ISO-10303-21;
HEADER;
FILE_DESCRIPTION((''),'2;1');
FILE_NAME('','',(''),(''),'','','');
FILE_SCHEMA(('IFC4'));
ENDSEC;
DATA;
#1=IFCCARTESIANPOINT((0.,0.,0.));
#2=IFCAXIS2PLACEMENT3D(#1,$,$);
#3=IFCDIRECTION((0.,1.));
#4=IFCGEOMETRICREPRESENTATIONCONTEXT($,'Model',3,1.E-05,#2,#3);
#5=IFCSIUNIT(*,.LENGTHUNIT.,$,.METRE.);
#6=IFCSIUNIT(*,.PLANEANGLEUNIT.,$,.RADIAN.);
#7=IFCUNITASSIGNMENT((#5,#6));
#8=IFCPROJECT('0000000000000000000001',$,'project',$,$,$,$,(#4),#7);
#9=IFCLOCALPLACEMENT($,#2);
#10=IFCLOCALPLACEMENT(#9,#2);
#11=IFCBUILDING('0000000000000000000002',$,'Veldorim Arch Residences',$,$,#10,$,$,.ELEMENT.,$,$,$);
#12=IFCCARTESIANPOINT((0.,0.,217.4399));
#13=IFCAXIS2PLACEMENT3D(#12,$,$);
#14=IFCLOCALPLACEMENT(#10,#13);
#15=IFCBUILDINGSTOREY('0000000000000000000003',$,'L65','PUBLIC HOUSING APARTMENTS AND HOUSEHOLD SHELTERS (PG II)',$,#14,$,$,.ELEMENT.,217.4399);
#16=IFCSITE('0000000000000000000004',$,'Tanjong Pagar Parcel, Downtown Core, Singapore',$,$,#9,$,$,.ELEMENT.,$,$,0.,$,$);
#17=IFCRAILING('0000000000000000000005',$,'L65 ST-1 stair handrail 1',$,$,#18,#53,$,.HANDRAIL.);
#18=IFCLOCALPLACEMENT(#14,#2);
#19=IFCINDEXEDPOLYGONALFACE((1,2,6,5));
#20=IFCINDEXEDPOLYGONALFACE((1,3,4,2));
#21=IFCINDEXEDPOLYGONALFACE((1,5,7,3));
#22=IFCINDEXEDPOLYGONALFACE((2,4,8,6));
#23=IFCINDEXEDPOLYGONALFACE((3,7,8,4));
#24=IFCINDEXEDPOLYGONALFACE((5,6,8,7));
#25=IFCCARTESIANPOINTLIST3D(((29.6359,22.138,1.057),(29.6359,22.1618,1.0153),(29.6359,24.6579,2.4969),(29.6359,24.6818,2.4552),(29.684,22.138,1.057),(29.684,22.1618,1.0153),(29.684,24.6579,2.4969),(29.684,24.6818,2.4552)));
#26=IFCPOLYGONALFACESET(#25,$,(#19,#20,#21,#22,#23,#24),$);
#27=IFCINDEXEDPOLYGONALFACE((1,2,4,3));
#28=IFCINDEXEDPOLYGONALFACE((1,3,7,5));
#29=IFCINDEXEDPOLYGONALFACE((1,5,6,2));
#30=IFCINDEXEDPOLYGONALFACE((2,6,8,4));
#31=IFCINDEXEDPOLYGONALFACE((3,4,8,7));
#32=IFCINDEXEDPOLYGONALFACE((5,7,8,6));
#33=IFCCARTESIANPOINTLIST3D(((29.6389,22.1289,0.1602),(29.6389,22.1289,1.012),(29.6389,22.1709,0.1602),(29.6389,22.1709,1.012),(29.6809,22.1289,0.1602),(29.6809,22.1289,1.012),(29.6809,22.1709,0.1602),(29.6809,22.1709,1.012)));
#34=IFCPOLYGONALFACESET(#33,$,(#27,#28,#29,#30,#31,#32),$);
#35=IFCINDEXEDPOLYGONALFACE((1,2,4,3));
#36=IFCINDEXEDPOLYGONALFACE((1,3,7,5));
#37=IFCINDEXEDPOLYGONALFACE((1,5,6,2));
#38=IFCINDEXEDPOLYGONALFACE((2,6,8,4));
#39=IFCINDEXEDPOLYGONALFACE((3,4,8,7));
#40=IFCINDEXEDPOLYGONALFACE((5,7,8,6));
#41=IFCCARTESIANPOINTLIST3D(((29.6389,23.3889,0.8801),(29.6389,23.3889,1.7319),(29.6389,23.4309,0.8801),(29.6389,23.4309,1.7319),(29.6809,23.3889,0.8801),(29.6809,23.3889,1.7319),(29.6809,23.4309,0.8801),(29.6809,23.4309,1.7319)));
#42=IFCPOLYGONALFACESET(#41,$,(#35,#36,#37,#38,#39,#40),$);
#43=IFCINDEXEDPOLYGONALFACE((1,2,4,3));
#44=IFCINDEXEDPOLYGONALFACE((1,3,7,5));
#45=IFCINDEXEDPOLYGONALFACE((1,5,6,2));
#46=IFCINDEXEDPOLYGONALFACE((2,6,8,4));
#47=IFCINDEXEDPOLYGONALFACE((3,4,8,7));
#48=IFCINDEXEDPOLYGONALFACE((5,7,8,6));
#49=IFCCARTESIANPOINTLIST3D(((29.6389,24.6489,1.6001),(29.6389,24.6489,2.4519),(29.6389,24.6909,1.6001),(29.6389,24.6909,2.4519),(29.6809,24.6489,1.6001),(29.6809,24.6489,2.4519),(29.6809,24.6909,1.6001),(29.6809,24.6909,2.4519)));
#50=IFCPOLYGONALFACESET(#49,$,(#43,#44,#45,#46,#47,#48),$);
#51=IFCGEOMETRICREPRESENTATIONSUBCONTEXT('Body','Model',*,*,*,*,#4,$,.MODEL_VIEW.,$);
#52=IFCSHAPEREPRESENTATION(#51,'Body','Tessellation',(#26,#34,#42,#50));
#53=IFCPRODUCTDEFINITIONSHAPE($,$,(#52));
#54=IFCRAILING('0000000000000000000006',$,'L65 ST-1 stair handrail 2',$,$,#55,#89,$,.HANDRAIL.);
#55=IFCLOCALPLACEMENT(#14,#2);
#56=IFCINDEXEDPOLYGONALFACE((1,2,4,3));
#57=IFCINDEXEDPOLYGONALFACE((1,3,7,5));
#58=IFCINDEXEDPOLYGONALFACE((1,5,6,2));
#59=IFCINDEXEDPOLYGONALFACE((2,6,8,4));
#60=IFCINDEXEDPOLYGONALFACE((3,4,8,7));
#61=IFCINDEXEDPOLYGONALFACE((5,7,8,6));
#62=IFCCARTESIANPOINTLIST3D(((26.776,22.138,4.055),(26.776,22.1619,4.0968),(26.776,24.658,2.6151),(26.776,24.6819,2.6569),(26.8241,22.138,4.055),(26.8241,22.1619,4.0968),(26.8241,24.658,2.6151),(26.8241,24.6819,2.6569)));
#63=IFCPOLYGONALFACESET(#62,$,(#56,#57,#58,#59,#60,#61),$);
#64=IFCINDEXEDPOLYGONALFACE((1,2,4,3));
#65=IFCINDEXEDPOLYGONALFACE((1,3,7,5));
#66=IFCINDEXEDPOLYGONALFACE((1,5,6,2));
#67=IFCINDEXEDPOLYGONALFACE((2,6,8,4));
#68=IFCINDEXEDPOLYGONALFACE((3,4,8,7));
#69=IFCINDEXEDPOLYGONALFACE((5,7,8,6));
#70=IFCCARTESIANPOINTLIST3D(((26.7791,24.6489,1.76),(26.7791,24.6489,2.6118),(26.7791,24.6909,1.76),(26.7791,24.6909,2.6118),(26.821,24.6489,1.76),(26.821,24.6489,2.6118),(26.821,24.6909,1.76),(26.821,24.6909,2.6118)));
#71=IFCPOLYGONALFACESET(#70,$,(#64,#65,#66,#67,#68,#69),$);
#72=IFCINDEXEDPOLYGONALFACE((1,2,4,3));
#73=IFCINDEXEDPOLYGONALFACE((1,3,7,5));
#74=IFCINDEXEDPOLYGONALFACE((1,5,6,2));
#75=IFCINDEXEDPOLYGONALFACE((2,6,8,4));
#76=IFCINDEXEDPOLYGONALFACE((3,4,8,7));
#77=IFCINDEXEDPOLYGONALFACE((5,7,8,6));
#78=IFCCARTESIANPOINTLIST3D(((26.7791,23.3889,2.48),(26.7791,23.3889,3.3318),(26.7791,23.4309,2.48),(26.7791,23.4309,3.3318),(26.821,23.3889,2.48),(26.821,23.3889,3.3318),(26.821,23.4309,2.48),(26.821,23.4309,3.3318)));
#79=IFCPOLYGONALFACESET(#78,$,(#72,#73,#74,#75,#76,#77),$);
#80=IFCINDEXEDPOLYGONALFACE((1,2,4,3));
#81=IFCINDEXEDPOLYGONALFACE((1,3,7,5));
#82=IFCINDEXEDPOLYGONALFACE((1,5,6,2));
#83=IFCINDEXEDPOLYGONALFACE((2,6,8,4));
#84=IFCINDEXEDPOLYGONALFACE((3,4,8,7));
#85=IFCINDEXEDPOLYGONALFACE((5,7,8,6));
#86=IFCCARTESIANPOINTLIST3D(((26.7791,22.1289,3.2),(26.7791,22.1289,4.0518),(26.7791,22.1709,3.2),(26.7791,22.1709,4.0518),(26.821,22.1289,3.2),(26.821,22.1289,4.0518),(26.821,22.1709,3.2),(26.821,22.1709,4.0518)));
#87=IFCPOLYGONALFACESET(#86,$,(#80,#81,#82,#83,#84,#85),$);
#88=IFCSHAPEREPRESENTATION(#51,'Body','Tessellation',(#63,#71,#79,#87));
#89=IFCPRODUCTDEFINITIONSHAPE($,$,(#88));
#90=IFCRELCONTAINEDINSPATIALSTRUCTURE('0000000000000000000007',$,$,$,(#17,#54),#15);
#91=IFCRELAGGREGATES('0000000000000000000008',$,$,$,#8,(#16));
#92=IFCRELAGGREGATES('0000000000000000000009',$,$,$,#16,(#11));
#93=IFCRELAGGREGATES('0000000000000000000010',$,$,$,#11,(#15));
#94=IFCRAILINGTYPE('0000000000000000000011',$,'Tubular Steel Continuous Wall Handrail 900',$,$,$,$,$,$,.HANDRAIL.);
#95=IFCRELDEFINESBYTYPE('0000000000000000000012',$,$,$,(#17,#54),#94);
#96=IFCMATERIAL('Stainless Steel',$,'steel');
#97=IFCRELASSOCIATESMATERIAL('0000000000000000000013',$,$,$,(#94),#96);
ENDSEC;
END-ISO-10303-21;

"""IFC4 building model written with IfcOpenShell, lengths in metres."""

from ifc_helpers import new_model, si_unit, direction, frame, origin, origin_2d, place, context, subcontext, project, spatial, rectangle, extrude, material, type_object, element, save


model = new_model("IFC4")

# Units and contexts
model_context = context("Model", 3, precision=1e-05, world=origin(), true_north=direction((0.0, 1.0)))
body_context = subcontext(model_context, "Body", "Model", "MODEL_VIEW")
ifc_project = project(units=[si_unit("LENGTHUNIT", "METRE"), si_unit("PLANEANGLEUNIT", "RADIAN")], contexts=[model_context])

# Site, building, storey
site_placement = place(None, origin())
site = spatial("IfcSite", under=ifc_project, at=site_placement, Name="Tanjong Pagar Parcel, Downtown Core, Singapore", CompositionType="ELEMENT", RefElevation=0.0)
building_placement = place(site_placement, origin())
building = spatial("IfcBuilding", under=site, at=building_placement, Name="Veldorim Arch Residences", CompositionType="ELEMENT")
storey_placement = place(building_placement, frame((0.0, 0.0, 217.4399)))
storey = spatial("IfcBuildingStorey", under=building, at=storey_placement, Name="L65", Description="PUBLIC HOUSING APARTMENTS AND HOUSEHOLD SHELTERS (PG II)", CompositionType="ELEMENT", Elevation=217.4399)

# Railings
ifc_material_1 = material(Name="Stainless Steel", Category="steel")
railing_type_1 = type_object("IfcRailingType", Name="Tubular Steel Continuous Wall Handrail 900", PredefinedType="HANDRAIL", material=ifc_material_1)
railing_1_placement = place(storey_placement, frame((29.6599, 22.1499, 0.1602)))
element("IfcRailing", 1, at=railing_1_placement, inside=storey, type_object=railing_type_1, Name="L65 ST-1 stair handrail 1", PredefinedType="HANDRAIL", context=body_context, shape_type="SweptSolid", body=[
    extrude(rectangle(XDim=0.0481, YDim=0.0481, at=origin_2d()), frame((0.0, 0.0, 0.876), z_axis=(0.0, 0.868253, 0.496121), x_axis=(-1.0, 0.0, 0.0)), (0.0, 0.0, 1.0), 2.9023),
    extrude(rectangle(XDim=0.042, YDim=0.042, at=origin_2d()), origin(), (0.0, 0.0, 1.0), 0.8518),
    extrude(rectangle(XDim=0.042, YDim=0.042, at=origin_2d()), frame((0.0, 1.26, 0.72)), (0.0, 0.0, 1.0), 0.8518),
    extrude(rectangle(XDim=0.042, YDim=0.042, at=origin_2d()), frame((0.0, 2.52, 1.4399)), (0.0, 0.0, 1.0), 0.8518),
])
railing_2_placement = place(storey_placement, frame((26.8, 24.6699, 1.76)))
element("IfcRailing", 2, at=railing_2_placement, inside=storey, type_object=railing_type_1, Name="L65 ST-1 stair handrail 2", PredefinedType="HANDRAIL", context=body_context, shape_type="SweptSolid", body=[
    extrude(rectangle(XDim=0.0481, YDim=0.0481, at=origin_2d()), frame((0.0, 0.0, 0.876), z_axis=(0.0, -0.868253, 0.496121), x_axis=(1.0, 0.0, 0.0)), (0.0, 0.0, 1.0), 2.9023),
    extrude(rectangle(XDim=0.042, YDim=0.042, at=origin_2d()), origin(), (0.0, 0.0, 1.0), 0.8518),
    extrude(rectangle(XDim=0.042, YDim=0.042, at=origin_2d()), frame((0.0, -1.26, 0.72)), (0.0, 0.0, 1.0), 0.8518),
    extrude(rectangle(XDim=0.042, YDim=0.042, at=origin_2d()), frame((0.0, -2.52, 1.4399)), (0.0, 0.0, 1.0), 0.8518),
])

save(model, "model.ifc")
